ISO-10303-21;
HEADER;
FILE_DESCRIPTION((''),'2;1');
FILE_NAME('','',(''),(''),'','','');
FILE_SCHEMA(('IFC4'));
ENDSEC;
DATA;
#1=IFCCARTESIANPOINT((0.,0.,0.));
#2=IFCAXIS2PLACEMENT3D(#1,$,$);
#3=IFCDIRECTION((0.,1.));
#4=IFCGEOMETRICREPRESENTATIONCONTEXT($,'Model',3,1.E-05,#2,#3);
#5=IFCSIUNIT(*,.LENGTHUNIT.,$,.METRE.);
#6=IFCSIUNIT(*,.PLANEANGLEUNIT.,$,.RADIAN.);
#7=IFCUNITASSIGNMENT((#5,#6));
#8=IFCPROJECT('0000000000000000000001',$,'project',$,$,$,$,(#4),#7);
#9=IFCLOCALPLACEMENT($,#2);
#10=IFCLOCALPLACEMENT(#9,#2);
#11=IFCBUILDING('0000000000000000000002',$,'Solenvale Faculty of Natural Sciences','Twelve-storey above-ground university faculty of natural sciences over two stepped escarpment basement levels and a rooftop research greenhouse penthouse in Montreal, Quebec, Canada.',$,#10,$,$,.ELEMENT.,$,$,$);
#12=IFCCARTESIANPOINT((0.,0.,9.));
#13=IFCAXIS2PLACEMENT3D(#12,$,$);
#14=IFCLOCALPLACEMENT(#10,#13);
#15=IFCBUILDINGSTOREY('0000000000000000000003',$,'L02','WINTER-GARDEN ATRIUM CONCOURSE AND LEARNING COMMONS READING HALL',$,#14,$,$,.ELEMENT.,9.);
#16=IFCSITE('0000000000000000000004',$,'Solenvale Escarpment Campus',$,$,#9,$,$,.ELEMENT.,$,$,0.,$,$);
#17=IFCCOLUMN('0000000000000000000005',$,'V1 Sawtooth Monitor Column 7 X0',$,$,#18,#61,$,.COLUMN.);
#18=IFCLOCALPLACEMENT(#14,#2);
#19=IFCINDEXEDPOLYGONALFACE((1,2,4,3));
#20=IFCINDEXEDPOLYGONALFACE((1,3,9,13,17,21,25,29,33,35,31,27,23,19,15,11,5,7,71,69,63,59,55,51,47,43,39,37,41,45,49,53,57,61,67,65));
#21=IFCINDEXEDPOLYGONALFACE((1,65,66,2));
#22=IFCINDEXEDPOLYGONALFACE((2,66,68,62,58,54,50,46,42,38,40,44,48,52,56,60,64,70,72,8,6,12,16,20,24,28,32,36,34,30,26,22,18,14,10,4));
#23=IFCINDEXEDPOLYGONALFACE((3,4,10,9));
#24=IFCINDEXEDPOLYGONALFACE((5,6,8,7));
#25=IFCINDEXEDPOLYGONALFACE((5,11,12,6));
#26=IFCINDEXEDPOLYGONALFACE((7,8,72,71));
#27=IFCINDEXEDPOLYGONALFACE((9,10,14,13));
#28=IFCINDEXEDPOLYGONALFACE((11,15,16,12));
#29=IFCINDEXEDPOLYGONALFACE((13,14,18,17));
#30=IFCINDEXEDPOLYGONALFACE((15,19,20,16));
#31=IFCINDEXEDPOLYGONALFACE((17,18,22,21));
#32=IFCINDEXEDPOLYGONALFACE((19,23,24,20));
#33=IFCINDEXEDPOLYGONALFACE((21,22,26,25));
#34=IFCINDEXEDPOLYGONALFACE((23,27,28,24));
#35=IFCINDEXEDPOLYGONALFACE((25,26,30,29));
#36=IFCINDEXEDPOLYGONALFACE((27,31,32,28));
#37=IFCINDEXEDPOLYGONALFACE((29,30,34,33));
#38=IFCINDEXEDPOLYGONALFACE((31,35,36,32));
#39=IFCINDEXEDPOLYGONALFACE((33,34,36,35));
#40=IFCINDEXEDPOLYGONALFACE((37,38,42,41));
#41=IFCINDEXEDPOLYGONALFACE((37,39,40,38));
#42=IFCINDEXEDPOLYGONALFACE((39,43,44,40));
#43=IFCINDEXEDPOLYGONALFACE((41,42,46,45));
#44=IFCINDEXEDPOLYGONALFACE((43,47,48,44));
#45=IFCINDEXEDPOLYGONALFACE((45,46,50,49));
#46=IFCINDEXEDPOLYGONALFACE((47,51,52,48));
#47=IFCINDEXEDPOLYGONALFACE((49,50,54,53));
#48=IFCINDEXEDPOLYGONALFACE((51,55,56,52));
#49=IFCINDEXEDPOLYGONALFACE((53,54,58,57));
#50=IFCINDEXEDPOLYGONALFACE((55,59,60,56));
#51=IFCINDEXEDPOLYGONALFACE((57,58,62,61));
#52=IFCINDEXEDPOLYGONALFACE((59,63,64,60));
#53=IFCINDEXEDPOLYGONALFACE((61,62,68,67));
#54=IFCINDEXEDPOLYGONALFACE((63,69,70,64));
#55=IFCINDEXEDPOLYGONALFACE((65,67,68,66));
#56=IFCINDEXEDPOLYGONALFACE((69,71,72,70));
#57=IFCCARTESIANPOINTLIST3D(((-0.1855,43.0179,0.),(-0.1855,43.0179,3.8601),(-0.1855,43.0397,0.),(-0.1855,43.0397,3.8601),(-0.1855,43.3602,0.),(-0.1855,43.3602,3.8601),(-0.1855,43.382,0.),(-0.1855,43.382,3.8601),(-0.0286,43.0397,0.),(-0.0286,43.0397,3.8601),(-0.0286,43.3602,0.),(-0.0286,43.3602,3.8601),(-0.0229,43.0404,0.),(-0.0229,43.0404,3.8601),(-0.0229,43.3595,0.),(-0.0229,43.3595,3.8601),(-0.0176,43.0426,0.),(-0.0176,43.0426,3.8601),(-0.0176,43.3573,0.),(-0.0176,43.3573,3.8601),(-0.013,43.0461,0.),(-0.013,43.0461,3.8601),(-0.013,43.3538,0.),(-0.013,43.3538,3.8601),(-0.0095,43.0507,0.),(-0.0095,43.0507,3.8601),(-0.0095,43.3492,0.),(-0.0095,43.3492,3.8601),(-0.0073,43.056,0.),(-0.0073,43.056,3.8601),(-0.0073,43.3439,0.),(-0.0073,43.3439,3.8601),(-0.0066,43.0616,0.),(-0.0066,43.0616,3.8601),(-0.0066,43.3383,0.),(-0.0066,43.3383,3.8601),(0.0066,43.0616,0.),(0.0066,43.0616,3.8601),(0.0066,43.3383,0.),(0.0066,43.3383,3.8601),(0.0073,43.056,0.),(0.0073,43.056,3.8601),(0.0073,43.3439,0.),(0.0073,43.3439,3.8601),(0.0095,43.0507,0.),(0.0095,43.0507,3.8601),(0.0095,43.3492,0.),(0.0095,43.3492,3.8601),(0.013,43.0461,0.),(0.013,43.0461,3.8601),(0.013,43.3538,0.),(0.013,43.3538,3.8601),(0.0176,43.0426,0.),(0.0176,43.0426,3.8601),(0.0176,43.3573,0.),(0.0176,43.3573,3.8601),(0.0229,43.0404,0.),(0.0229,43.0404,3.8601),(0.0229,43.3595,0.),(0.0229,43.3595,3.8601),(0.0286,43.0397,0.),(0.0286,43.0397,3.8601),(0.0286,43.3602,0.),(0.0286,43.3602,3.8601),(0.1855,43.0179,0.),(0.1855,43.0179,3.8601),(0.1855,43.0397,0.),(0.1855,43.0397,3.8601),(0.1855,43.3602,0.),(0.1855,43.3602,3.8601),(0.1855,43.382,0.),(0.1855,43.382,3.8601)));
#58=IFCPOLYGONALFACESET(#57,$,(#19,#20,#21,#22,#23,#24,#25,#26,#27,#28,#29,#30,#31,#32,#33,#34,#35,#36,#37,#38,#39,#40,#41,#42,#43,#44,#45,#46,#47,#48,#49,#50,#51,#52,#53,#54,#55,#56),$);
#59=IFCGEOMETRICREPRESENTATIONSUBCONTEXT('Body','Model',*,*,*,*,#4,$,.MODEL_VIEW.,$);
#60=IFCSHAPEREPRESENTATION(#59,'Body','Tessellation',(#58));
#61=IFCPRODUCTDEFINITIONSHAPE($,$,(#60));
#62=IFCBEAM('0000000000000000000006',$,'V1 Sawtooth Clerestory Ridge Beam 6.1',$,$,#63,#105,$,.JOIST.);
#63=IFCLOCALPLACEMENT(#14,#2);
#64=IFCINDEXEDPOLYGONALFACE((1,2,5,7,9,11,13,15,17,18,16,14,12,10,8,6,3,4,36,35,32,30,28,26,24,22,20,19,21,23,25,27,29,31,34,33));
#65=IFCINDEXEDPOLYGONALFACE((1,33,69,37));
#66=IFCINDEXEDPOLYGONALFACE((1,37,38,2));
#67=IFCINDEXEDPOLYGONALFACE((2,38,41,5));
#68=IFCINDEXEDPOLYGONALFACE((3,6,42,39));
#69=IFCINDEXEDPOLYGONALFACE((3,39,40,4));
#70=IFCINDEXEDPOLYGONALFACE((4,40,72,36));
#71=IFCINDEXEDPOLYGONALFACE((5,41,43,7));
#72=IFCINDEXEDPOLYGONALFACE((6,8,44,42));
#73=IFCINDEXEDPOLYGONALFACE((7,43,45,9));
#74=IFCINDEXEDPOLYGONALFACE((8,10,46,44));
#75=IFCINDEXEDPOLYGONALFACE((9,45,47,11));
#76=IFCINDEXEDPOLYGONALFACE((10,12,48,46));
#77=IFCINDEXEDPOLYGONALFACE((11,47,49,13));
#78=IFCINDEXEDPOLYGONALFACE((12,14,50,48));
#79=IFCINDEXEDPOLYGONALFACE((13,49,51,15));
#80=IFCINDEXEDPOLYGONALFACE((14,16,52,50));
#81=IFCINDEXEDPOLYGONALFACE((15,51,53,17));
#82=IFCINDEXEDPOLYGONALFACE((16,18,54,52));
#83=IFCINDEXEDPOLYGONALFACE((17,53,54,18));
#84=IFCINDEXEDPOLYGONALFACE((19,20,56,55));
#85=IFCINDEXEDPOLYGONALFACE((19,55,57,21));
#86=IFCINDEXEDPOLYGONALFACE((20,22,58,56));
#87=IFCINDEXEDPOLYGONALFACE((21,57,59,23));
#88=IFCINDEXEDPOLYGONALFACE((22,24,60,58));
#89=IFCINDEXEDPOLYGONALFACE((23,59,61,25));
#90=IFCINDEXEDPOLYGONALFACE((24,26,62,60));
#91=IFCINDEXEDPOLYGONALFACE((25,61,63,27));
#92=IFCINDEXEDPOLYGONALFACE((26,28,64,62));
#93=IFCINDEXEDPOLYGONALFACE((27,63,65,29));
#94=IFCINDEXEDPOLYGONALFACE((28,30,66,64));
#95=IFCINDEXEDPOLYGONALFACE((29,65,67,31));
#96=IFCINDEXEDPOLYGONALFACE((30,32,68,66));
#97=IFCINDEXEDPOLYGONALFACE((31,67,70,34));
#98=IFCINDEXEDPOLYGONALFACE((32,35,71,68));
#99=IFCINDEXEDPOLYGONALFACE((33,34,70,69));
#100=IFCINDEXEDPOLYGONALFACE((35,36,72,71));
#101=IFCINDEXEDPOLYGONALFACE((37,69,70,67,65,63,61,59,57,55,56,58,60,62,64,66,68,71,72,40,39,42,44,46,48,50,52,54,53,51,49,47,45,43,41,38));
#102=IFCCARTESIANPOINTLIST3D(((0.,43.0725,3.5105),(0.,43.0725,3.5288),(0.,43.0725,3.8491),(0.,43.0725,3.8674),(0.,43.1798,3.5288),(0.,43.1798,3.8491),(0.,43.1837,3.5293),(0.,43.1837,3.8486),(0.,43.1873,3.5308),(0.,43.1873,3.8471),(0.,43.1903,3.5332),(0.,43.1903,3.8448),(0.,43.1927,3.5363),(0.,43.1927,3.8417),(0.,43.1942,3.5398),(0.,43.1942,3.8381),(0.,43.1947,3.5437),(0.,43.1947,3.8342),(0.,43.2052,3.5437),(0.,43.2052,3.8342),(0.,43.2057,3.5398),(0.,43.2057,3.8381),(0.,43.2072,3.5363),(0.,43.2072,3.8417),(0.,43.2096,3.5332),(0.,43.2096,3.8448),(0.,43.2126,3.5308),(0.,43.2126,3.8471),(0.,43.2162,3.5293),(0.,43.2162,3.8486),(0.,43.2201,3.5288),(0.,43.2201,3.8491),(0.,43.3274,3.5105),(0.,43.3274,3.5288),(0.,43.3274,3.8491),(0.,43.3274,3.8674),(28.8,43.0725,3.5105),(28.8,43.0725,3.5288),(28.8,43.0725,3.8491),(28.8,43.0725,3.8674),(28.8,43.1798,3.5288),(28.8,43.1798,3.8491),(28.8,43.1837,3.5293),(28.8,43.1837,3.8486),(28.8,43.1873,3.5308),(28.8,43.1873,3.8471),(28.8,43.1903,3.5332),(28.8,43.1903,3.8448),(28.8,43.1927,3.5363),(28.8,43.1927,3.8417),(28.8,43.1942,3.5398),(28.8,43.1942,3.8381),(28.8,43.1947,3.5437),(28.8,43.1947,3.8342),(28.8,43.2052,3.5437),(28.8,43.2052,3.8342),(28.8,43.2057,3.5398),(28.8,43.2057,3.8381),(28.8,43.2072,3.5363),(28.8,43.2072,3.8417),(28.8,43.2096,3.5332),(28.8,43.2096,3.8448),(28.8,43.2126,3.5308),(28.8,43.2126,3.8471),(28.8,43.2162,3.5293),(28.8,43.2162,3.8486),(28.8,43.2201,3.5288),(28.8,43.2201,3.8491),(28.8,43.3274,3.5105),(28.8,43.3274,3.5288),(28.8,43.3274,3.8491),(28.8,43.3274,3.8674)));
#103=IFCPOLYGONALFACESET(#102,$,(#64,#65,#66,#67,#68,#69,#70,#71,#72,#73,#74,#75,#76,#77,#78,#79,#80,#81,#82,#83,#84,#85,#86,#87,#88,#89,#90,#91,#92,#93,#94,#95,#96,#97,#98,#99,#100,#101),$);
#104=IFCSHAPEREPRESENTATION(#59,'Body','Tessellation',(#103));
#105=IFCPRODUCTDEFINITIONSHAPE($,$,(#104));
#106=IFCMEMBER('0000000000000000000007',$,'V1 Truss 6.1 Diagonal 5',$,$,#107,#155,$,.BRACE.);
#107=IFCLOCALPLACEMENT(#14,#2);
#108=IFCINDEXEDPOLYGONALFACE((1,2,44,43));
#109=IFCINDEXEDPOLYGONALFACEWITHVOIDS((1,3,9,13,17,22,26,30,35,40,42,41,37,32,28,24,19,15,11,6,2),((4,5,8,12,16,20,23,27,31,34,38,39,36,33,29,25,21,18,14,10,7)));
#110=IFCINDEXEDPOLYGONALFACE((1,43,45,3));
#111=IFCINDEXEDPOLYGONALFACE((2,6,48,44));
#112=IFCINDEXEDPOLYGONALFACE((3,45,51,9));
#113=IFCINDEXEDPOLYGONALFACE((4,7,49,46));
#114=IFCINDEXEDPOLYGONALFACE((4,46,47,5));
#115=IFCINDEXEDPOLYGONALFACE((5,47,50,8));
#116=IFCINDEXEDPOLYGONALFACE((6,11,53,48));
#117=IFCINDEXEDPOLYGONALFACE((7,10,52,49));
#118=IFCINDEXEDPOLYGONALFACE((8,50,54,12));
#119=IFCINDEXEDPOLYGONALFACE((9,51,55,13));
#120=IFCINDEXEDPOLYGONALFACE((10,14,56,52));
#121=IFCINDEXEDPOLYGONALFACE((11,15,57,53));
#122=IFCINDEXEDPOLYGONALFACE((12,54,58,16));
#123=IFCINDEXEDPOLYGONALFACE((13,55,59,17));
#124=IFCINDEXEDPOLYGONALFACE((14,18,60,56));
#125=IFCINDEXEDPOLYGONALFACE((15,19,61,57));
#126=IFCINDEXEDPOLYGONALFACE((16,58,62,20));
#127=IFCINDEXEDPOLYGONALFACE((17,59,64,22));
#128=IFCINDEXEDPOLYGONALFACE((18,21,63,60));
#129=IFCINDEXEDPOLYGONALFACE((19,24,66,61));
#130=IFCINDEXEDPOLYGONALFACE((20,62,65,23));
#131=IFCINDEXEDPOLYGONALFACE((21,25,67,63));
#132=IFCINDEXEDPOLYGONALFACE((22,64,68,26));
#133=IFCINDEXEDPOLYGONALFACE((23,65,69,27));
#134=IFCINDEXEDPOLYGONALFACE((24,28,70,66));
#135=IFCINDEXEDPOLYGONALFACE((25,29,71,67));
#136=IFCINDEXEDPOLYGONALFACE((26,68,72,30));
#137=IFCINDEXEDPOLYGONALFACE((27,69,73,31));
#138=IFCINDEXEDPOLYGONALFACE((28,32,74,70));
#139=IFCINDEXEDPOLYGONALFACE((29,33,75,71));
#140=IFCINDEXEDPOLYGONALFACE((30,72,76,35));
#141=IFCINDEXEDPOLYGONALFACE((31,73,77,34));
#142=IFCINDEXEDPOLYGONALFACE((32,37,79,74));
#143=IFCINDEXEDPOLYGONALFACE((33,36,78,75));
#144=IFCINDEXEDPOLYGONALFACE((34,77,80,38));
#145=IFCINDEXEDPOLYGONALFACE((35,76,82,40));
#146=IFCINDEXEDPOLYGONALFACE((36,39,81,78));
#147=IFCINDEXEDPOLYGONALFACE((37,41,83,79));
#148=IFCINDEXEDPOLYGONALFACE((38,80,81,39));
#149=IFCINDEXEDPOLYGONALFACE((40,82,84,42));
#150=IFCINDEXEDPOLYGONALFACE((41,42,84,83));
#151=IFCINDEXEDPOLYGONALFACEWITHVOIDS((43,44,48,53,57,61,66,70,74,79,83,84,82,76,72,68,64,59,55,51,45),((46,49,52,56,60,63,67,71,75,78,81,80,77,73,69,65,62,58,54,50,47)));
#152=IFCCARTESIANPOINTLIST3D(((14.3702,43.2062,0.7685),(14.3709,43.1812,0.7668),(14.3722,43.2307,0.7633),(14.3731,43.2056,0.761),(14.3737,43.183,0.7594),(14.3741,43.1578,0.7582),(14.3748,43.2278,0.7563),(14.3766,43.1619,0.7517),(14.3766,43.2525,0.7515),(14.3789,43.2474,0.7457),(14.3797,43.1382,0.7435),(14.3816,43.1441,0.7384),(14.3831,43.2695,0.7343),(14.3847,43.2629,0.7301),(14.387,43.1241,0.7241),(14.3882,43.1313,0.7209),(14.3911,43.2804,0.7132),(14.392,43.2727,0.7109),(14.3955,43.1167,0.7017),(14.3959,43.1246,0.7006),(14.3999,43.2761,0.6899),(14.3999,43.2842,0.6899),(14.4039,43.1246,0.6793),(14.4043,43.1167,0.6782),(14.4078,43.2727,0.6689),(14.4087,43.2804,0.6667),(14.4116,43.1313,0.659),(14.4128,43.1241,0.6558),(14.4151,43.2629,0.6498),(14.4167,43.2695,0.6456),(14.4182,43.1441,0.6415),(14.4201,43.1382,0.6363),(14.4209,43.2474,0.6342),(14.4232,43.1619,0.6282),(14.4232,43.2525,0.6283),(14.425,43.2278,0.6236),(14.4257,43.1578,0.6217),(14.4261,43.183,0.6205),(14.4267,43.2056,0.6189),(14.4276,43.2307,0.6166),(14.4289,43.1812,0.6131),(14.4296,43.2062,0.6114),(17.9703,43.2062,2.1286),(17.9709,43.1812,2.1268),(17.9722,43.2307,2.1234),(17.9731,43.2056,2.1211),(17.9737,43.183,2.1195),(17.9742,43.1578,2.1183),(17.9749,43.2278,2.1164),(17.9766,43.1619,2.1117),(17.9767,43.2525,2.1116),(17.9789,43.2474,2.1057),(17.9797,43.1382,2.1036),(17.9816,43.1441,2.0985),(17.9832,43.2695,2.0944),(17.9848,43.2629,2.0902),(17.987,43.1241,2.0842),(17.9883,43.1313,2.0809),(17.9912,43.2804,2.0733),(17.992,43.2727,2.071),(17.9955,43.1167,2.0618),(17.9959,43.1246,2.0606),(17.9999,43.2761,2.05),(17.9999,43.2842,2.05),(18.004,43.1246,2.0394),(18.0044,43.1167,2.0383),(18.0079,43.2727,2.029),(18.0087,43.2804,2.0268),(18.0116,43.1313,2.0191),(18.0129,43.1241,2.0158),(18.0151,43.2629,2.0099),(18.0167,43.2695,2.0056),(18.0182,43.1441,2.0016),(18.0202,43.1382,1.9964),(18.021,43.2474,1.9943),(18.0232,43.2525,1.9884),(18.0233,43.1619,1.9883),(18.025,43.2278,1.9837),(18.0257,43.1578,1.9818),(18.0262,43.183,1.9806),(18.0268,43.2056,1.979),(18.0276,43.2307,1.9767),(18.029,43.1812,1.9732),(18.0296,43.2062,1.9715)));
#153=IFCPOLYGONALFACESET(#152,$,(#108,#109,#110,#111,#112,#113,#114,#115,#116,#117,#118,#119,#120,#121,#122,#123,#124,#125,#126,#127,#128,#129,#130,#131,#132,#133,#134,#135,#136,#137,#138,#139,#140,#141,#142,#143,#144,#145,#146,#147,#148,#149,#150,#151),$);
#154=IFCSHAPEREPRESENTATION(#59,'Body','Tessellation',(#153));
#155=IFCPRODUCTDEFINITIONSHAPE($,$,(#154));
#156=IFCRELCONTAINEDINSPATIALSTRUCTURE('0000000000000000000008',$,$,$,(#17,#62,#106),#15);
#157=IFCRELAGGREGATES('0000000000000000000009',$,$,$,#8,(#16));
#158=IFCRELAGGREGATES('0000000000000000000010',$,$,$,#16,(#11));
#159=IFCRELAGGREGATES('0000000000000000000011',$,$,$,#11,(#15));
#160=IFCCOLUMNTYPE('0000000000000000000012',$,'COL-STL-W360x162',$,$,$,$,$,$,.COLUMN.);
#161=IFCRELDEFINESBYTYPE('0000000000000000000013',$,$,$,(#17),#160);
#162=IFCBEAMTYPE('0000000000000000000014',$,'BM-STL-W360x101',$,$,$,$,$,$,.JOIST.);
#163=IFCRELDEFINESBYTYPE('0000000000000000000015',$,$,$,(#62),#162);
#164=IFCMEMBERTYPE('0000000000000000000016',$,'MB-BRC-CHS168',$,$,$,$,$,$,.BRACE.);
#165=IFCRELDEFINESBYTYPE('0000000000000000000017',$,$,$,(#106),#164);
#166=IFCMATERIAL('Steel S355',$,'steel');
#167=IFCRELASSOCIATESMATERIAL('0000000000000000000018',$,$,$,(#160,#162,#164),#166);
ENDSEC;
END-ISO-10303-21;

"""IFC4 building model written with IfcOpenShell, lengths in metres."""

from ifc_helpers import new_model, si_unit, direction, frame, origin, origin_2d, place, context, subcontext, project, spatial, hollow_circle, i_section, extrude, material, material_profile, profile_set, type_object, element, save


model = new_model("IFC4")

# Units and contexts
model_context = context("Model", 3, precision=1e-05, world=origin(), true_north=direction((0.0, 1.0)))
body_context = subcontext(model_context, "Body", "Model", "MODEL_VIEW")
ifc_project = project(units=[si_unit("LENGTHUNIT", "METRE"), si_unit("PLANEANGLEUNIT", "RADIAN")], contexts=[model_context])

# Site, building, storey
site_placement = place(None, origin())
site = spatial("IfcSite", under=ifc_project, at=site_placement, Name="Solenvale Escarpment Campus", CompositionType="ELEMENT", RefElevation=0.0)
building_placement = place(site_placement, origin())
building = spatial("IfcBuilding", under=site, at=building_placement, Name="Solenvale Faculty of Natural Sciences", Description="Twelve-storey above-ground university faculty of natural sciences over two stepped escarpment basement levels and a rooftop research greenhouse penthouse in Montreal, Quebec, Canada.", CompositionType="ELEMENT")
storey_placement = place(building_placement, frame((0.0, 0.0, 9.0)))
storey = spatial("IfcBuildingStorey", under=building, at=storey_placement, Name="L02", Description="WINTER-GARDEN ATRIUM CONCOURSE AND LEARNING COMMONS READING HALL", CompositionType="ELEMENT", Elevation=9.0)

# Column
ifc_material = material(Name="Steel S355", Category="steel")
ifc_material_profile_1 = material_profile(ifc_material, i_section(OverallWidth=0.3711, OverallDepth=0.364, WebThickness=0.0132, FlangeThickness=0.0217, FilletRadius=0.022, at=origin_2d()), Name="W360x162")
ifc_profile_set_1 = profile_set([ifc_material_profile_1], Name="Steel S355")
column_type = type_object("IfcColumnType", Name="COL-STL-W360x162", PredefinedType="COLUMN", material=ifc_profile_set_1)
column_placement = place(storey_placement, frame((0.0, 43.2, 0.0), z_axis=(0.0, 0.0, 1.0), x_axis=(1.0, 0.0, 0.0)))
element("IfcColumn", 1, at=column_placement, inside=storey, type_object=column_type, Name="V1 Sawtooth Monitor Column 7 X0", PredefinedType="COLUMN", context=body_context, shape_type="SweptSolid", body=[
    extrude(i_section(OverallWidth=0.3711, OverallDepth=0.364, WebThickness=0.0132, FlangeThickness=0.0217, FilletRadius=0.022, at=origin_2d()), origin(), (0.0, 0.0, 1.0), 3.8601),
])

# Beam
ifc_material_profile_2 = material_profile(ifc_material, i_section(OverallWidth=0.2549, OverallDepth=0.3569, WebThickness=0.0105, FlangeThickness=0.0183, FilletRadius=0.0149, at=origin_2d()), Name="W360x101")
ifc_profile_set_2 = profile_set([ifc_material_profile_2], Name="Steel S355")
beam_type = type_object("IfcBeamType", Name="BM-STL-W360x101", PredefinedType="JOIST", material=ifc_profile_set_2)
beam_placement = place(storey_placement, frame((0.0, 43.2, 3.689), z_axis=(1.0, 0.0, 0.0), x_axis=(0.0, 1.0, 0.0)))
element("IfcBeam", 2, at=beam_placement, inside=storey, type_object=beam_type, Name="V1 Sawtooth Clerestory Ridge Beam 6.1", PredefinedType="JOIST", context=body_context, shape_type="SweptSolid", body=[
    extrude(i_section(OverallWidth=0.2549, OverallDepth=0.3569, WebThickness=0.0105, FlangeThickness=0.0183, FilletRadius=0.0149, at=origin_2d()), origin(), (0.0, 0.0, 1.0), 28.8),
])

# Member
ifc_material_profile_3 = material_profile(ifc_material, hollow_circle(Radius=0.0842, WallThickness=0.0081, at=origin_2d()), Name="HSS168x8.0")
ifc_profile_set_3 = profile_set([ifc_material_profile_3], Name="Steel S355")
member_type_1 = type_object("IfcMemberType", Name="MB-BRC-CHS168", PredefinedType="BRACE", material=ifc_profile_set_3)
member_1_placement = place(storey_placement, frame((14.3999, 43.2, 0.6899), z_axis=(0.935466, 0.0, 0.353417), x_axis=(0.0, 1.0, 0.0)))
element("IfcMember", 3, at=member_1_placement, inside=storey, type_object=member_type_1, Name="V1 Truss 6.1 Diagonal 5", PredefinedType="BRACE", context=body_context, shape_type="SweptSolid", body=[
    extrude(hollow_circle(Radius=0.0842, WallThickness=0.0081, at=origin_2d()), origin(), (0.0, 0.0, 1.0), 3.8484),
])

save(model, "model.ifc")
